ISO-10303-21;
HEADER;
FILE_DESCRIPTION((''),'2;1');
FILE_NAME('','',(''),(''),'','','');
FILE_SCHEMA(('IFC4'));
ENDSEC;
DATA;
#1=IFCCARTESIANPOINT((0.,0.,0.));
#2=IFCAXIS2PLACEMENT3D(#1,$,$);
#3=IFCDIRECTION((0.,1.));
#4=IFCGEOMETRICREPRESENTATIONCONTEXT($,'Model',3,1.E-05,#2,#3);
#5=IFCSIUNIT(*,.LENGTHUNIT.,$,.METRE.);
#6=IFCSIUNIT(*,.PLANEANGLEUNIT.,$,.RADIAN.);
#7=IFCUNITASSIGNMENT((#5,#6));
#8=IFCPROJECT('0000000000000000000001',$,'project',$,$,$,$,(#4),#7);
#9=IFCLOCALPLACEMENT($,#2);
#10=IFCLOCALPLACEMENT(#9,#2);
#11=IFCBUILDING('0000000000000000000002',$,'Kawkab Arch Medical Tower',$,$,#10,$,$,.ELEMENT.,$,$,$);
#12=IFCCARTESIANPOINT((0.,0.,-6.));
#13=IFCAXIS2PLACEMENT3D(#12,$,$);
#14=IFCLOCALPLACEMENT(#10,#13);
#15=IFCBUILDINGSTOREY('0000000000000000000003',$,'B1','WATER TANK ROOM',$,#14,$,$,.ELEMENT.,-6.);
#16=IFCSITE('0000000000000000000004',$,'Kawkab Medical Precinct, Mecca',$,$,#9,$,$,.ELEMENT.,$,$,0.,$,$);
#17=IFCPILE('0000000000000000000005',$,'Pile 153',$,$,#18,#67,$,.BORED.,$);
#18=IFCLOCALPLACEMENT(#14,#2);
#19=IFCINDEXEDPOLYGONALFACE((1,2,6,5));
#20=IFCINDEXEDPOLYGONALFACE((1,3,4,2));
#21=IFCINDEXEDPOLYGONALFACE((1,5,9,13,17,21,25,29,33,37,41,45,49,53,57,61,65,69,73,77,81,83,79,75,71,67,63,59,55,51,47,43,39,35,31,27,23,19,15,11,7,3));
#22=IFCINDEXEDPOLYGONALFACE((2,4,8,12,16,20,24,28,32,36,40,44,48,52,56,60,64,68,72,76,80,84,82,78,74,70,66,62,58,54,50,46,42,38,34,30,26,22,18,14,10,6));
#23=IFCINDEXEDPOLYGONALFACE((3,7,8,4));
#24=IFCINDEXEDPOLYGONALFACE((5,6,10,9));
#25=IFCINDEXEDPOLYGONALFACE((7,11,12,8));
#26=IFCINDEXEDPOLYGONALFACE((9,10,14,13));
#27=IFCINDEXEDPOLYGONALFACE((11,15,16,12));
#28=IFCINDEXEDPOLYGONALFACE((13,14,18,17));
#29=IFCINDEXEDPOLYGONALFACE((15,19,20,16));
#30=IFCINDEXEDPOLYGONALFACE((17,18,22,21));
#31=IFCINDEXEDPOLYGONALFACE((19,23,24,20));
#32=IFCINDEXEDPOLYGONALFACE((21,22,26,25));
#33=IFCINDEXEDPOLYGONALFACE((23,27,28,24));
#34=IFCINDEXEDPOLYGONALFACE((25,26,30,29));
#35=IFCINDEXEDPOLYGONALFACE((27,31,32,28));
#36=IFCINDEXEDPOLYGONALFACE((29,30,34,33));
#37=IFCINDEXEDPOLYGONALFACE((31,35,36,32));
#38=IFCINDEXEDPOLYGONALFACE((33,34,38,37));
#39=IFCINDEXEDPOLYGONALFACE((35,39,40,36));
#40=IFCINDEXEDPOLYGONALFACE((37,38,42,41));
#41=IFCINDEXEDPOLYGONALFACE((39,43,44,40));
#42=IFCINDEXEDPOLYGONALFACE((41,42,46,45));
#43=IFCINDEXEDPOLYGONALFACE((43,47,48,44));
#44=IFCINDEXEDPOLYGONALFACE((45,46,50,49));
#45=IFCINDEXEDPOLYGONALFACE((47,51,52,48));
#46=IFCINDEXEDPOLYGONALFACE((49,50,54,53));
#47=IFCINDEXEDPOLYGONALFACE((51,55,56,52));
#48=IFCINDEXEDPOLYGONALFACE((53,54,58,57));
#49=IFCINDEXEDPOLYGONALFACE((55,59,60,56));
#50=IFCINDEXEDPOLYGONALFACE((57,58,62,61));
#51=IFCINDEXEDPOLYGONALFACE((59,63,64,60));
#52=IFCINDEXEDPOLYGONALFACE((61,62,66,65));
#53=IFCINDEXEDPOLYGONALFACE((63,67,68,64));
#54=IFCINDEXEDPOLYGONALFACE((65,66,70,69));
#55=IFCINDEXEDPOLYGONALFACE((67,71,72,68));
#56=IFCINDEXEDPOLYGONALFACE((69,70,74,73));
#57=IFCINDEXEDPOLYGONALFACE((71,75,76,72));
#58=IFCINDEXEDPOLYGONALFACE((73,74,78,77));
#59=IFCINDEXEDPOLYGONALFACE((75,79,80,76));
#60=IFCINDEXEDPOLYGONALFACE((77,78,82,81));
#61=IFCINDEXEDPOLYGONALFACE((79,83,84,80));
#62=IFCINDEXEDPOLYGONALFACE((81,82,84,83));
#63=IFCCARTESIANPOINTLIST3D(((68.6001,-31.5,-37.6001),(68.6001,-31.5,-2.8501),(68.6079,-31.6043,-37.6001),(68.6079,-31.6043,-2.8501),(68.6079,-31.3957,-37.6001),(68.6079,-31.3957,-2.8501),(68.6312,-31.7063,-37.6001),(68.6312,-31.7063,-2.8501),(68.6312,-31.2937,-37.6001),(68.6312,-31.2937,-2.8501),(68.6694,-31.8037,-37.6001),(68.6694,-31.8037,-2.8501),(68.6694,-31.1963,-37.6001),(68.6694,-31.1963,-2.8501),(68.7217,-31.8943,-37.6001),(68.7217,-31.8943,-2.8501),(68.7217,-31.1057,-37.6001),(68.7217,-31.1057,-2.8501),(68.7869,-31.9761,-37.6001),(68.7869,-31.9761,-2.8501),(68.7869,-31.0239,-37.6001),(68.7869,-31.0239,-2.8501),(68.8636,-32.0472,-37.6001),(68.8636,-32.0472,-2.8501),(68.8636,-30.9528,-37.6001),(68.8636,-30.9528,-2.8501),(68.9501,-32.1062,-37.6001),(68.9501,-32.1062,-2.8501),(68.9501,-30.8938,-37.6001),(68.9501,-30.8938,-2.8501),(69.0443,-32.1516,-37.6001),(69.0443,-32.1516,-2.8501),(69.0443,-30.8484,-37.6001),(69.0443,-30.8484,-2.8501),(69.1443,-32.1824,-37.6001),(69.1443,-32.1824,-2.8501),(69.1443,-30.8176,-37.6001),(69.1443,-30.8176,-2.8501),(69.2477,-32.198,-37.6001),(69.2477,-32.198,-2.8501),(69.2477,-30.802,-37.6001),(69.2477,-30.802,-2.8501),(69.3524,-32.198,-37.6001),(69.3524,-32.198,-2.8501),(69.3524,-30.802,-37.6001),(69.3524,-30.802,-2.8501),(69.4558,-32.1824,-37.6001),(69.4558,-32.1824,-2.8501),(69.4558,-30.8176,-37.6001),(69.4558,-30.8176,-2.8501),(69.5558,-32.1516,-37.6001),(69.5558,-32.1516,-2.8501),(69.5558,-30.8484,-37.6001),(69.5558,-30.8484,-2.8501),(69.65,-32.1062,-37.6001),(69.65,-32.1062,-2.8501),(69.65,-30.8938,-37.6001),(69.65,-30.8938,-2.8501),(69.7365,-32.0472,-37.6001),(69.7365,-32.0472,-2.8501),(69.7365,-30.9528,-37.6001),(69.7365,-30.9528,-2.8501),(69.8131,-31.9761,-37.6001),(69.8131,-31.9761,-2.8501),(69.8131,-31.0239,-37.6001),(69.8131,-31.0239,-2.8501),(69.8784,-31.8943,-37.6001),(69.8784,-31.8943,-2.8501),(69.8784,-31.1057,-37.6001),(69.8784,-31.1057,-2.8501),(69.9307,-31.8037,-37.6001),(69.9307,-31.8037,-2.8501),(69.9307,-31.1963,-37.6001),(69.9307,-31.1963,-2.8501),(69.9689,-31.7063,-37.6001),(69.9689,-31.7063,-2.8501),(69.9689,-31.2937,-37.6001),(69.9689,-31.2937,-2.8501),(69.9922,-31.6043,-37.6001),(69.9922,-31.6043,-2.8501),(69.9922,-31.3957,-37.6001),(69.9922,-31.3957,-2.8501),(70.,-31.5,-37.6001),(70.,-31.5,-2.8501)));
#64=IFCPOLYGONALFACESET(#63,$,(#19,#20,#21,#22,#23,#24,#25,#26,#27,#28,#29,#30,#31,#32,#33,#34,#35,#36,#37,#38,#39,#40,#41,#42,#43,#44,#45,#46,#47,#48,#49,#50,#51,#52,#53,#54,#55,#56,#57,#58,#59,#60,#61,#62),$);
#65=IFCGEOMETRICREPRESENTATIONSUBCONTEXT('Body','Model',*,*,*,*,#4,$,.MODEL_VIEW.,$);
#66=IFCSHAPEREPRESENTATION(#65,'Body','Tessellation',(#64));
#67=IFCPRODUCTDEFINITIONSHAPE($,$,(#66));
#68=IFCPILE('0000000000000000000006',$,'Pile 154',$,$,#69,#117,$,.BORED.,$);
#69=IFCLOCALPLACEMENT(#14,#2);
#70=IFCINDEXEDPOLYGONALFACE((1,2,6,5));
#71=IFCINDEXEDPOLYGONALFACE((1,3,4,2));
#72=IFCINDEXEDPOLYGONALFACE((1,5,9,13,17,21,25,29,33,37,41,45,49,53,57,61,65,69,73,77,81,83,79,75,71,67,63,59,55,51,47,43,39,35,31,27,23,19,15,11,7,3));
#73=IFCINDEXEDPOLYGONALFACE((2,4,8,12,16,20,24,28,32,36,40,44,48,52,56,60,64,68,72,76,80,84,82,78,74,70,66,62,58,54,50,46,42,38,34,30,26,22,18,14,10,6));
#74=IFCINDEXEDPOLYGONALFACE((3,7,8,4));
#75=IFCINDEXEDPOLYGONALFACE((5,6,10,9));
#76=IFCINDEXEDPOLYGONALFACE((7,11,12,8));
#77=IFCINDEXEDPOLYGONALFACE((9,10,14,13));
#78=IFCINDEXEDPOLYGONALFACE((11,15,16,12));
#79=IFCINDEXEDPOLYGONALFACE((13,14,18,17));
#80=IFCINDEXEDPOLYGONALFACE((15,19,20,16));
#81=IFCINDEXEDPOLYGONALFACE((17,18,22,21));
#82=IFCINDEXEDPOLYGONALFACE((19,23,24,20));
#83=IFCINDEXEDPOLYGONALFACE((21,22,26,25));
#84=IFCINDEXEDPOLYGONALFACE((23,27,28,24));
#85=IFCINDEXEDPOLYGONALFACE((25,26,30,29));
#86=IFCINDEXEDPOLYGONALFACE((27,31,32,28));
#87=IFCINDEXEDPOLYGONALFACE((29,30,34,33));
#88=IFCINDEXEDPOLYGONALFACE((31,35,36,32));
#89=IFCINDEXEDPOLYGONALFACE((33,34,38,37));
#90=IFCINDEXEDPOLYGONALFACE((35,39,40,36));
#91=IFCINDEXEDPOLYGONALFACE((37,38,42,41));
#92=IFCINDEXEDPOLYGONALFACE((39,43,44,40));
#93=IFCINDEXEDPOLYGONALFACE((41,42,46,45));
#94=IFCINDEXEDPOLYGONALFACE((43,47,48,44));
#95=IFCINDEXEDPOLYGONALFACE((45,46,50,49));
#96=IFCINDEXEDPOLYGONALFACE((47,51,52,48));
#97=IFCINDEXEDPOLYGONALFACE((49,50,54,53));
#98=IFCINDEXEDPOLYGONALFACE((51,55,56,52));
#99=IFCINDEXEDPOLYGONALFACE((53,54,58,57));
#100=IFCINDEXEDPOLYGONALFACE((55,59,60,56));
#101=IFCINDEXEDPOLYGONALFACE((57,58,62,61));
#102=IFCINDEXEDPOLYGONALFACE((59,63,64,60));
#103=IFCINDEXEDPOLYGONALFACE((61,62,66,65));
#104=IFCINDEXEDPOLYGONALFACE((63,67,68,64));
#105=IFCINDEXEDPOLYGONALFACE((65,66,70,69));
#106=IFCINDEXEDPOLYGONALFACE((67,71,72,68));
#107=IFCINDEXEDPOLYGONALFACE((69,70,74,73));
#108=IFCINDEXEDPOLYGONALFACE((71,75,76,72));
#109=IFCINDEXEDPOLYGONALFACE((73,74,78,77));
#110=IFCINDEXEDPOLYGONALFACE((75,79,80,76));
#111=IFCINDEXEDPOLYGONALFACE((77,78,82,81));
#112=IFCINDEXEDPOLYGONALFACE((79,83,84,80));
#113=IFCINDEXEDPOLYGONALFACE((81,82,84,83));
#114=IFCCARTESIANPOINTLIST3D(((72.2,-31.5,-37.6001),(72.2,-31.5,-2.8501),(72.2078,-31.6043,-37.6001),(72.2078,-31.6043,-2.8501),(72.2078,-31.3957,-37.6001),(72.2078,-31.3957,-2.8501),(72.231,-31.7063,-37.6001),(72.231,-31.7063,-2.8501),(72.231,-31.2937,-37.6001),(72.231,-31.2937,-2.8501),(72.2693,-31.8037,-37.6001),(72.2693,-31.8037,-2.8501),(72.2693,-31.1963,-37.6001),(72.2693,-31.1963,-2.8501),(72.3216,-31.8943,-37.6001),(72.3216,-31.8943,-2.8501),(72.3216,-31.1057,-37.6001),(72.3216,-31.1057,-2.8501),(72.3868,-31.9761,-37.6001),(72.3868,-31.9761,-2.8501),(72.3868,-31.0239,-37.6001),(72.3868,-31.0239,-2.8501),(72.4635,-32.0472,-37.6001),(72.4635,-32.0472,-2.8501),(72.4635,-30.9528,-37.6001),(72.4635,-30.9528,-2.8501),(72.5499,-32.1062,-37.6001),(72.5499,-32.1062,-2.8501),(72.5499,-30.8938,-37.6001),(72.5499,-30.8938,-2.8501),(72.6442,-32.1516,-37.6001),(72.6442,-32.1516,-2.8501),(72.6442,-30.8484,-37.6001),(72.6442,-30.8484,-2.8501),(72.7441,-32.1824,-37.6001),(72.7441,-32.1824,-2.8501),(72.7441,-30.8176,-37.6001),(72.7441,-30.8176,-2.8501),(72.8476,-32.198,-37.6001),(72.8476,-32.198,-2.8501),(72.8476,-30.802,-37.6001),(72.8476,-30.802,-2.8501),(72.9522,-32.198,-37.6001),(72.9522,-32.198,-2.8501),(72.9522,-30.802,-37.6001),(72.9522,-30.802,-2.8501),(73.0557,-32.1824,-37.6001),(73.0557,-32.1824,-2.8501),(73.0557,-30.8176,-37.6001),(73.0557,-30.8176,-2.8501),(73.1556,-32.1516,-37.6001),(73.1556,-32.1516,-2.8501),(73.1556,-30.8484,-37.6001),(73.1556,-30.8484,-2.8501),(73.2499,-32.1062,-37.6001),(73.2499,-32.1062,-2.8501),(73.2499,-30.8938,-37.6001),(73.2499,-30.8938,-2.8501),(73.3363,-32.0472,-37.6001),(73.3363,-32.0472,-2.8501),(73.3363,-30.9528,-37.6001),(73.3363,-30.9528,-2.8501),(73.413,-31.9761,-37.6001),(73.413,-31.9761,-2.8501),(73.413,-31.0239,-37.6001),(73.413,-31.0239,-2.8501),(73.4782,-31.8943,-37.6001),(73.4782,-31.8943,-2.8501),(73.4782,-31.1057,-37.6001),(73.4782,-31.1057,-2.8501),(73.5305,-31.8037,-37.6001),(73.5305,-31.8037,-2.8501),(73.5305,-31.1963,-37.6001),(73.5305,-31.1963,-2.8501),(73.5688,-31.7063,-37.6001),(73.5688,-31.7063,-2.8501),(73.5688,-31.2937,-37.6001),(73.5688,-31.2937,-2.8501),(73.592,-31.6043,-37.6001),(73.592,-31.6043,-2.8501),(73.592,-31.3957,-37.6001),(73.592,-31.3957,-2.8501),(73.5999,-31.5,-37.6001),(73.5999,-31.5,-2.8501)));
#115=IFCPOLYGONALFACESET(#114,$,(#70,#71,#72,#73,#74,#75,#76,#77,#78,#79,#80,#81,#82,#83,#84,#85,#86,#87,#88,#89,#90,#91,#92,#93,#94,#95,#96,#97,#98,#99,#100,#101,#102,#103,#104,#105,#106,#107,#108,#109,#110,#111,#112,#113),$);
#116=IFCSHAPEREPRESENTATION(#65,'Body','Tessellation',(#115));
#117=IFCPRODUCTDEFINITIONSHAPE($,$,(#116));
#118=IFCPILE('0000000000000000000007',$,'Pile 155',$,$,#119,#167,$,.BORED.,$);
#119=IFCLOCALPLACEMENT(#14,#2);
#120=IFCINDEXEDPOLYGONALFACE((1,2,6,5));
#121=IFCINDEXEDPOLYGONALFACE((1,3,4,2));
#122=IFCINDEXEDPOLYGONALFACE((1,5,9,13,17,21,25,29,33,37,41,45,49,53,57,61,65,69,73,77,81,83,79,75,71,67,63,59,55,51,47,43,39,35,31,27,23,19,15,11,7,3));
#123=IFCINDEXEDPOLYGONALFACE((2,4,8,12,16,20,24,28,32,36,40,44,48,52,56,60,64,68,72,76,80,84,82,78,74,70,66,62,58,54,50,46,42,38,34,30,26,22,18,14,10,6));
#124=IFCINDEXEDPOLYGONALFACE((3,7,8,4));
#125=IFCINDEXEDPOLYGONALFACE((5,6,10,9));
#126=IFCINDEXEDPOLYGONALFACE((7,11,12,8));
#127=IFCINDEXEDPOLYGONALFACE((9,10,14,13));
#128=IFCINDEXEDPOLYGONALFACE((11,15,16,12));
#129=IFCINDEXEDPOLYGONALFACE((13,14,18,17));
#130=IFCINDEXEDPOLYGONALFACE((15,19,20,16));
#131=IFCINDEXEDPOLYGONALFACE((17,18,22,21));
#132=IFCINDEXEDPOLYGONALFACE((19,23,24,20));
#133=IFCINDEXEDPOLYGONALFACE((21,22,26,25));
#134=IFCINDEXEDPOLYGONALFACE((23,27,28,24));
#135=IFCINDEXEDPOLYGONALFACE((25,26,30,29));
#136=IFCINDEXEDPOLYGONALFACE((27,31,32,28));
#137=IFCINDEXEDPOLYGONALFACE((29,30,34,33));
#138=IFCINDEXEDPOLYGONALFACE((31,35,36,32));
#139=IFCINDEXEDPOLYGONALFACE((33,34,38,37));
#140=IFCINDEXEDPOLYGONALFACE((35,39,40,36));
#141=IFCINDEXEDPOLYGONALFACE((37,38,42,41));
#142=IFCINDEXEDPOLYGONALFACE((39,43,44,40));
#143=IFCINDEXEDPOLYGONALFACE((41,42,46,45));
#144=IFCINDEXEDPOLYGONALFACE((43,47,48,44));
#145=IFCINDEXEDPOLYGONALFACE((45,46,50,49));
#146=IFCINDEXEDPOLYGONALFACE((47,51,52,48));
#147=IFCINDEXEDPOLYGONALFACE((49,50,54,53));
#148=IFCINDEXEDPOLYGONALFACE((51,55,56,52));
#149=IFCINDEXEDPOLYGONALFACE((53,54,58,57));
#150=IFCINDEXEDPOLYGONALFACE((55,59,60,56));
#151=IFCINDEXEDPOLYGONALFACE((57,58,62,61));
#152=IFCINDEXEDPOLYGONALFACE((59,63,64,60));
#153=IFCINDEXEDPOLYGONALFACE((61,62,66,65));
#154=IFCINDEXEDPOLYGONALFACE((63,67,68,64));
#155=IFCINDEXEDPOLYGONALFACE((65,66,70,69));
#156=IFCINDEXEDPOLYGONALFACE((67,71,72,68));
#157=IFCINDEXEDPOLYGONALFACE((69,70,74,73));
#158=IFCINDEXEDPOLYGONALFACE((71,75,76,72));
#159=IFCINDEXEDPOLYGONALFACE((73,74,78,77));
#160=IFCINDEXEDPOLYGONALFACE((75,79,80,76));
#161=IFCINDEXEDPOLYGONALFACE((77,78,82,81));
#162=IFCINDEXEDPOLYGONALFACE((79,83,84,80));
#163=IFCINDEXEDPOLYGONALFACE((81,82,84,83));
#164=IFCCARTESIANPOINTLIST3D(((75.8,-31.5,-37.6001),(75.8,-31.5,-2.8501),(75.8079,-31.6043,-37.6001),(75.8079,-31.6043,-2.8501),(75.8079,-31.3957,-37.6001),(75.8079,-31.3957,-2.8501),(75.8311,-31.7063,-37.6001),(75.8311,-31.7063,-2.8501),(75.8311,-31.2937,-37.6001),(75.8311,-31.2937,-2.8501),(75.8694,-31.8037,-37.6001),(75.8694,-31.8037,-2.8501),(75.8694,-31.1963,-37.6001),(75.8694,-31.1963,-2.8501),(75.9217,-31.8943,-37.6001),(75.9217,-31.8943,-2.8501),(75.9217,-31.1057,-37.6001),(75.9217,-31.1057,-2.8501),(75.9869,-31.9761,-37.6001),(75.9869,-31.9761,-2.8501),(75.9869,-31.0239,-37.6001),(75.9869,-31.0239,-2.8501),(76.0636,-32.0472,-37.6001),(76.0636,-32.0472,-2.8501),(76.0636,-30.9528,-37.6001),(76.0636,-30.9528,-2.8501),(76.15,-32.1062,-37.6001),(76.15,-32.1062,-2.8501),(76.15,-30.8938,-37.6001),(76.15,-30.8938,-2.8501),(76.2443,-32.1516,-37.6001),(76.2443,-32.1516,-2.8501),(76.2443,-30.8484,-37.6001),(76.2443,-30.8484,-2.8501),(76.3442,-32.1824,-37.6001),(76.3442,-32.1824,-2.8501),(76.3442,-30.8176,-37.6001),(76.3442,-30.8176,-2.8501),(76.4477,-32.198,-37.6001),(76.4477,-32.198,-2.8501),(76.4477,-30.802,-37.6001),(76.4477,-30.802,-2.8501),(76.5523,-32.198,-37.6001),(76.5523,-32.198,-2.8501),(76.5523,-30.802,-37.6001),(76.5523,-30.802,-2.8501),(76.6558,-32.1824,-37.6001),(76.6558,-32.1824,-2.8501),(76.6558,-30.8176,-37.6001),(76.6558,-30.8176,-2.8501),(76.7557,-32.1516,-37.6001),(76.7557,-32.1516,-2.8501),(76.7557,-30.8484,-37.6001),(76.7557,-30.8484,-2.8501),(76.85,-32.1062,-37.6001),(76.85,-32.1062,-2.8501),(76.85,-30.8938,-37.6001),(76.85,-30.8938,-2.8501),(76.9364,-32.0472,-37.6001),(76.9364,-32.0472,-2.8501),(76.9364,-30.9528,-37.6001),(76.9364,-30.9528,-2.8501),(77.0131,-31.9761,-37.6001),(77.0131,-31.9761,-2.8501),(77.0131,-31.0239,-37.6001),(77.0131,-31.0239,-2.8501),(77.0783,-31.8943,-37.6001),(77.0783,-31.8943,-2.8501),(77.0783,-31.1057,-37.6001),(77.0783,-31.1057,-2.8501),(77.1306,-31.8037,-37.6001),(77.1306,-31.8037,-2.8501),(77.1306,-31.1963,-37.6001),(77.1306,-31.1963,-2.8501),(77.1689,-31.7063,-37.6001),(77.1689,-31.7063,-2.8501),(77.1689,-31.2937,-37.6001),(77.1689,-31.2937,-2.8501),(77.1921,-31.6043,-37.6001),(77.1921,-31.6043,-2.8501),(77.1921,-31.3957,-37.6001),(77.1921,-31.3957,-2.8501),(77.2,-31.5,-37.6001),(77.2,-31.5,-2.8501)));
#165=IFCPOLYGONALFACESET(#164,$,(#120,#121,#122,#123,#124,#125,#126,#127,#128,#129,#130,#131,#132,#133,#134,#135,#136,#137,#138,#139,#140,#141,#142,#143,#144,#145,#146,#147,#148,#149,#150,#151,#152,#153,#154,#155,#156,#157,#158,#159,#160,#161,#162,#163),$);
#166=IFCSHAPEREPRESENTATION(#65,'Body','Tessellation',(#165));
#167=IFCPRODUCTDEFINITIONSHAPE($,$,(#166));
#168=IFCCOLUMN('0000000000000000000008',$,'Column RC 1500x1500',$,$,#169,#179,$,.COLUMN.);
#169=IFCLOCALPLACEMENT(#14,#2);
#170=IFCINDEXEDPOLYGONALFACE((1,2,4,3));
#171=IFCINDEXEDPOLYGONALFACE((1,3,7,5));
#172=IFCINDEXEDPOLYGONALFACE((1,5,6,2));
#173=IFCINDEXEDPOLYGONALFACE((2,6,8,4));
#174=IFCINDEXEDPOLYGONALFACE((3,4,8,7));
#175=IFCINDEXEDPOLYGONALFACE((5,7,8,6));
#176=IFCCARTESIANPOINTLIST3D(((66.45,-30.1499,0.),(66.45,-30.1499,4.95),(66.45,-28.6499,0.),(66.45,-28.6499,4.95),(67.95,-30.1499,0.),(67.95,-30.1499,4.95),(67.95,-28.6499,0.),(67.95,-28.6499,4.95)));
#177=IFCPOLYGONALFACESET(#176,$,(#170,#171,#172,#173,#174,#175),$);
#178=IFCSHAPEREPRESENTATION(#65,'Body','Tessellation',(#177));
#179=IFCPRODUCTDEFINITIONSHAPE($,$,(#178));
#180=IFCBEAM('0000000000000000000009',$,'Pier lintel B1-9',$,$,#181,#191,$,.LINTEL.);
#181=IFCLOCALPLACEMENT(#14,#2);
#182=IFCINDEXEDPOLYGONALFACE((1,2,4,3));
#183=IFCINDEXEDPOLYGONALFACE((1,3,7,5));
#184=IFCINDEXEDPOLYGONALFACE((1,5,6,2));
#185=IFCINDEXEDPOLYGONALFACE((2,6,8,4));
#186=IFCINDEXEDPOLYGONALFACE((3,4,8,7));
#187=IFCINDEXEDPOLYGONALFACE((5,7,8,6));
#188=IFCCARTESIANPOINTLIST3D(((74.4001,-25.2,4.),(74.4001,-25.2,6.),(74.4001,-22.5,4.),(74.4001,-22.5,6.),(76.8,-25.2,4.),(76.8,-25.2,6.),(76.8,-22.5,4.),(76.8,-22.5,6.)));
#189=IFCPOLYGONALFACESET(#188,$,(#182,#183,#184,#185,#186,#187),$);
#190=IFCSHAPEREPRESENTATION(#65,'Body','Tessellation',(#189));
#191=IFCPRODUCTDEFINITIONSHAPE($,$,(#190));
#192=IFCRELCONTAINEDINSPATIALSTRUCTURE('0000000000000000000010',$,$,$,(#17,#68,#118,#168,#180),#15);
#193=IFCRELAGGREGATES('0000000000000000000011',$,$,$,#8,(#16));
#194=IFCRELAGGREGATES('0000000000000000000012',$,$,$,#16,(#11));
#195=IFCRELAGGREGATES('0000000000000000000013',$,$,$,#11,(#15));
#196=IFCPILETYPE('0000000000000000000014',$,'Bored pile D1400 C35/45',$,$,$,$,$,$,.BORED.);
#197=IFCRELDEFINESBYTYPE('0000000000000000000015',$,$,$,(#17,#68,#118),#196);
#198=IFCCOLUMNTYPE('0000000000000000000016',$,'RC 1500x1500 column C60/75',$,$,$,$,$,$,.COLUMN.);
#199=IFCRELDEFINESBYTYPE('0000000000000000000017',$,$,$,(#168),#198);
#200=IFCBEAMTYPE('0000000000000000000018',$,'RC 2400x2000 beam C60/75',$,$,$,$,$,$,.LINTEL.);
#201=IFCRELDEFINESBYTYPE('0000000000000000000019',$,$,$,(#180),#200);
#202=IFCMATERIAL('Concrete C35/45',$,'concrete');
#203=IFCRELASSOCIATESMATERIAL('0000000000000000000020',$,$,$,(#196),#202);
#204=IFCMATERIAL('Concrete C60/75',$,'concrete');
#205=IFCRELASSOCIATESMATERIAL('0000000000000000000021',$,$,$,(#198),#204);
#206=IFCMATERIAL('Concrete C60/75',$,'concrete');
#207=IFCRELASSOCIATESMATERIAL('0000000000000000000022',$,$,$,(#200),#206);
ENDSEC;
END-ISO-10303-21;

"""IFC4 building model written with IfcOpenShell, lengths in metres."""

from ifc_helpers import new_model, si_unit, direction, frame, origin, origin_2d, place, context, subcontext, project, spatial, rectangle, circle, extrude, material, material_profile, profile_set, type_object, element, save


model = new_model("IFC4")

# Units and contexts
model_context = context("Model", 3, precision=1e-05, world=origin(), true_north=direction((0.0, 1.0)))
body_context = subcontext(model_context, "Body", "Model", "MODEL_VIEW")
ifc_project = project(units=[si_unit("LENGTHUNIT", "METRE"), si_unit("PLANEANGLEUNIT", "RADIAN")], contexts=[model_context])

# Site, building, storey
site_placement = place(None, origin())
site = spatial("IfcSite", under=ifc_project, at=site_placement, Name="Kawkab Medical Precinct, Mecca", CompositionType="ELEMENT", RefElevation=0.0)
building_placement = place(site_placement, origin())
building = spatial("IfcBuilding", under=site, at=building_placement, Name="Kawkab Arch Medical Tower", CompositionType="ELEMENT")
storey_placement = place(building_placement, frame((0.0, 0.0, -6.0)))
storey = spatial("IfcBuildingStorey", under=building, at=storey_placement, Name="B1", Description="WATER TANK ROOM", CompositionType="ELEMENT", Elevation=-6.0)

# Piles
ifc_material_1 = material(Name="Concrete C35/45", Category="concrete")
ifc_material_profile_1 = material_profile(ifc_material_1, circle(Radius=0.7, at=origin_2d()), Name="Bored pile D1400")
ifc_profile_set_1 = profile_set([ifc_material_profile_1], Name="Concrete C35/45")
pile_type_1 = type_object("IfcPileType", Name="Bored pile D1400 C35/45", PredefinedType="BORED", material=ifc_profile_set_1)
for number, where, z_axis, x_axis, name in (
    (1, (69.3, -31.5, -2.8501), (0.0, 0.0, -1.0), (1.0, 0.0, 0.0), "Pile 153"),
    (2, (72.8999, -31.5, -2.8501), (0.0, 0.0, -1.0), (1.0, 0.0, 0.0), "Pile 154"),
    (3, (76.5, -31.5, -2.8501), (0.0, 0.0, -1.0), (1.0, 0.0, 0.0), "Pile 155"),
):
    element("IfcPile", number, at=place(storey_placement, frame(where, z_axis=z_axis, x_axis=x_axis)), inside=storey, type_object=pile_type_1, Name=name, PredefinedType="BORED", context=body_context, shape_type="SweptSolid", body=[
        extrude(circle(Radius=0.7, at=origin_2d()), origin(), (0.0, 0.0, 1.0), 34.75),
    ])

# Column
ifc_material_2 = material(Name="Concrete C60/75", Category="concrete")
ifc_material_profile_2 = material_profile(ifc_material_2, rectangle(XDim=1.5, YDim=1.5, at=origin_2d()), Name="RC 1500x1500")
ifc_profile_set_2 = profile_set([ifc_material_profile_2], Name="Concrete C60/75")
column_type = type_object("IfcColumnType", Name="RC 1500x1500 column C60/75", PredefinedType="COLUMN", material=ifc_profile_set_2)
column_placement = place(storey_placement, frame((67.2, -29.3999, 0.0), z_axis=(0.0, 0.0, 1.0), x_axis=(1.0, 0.0, 0.0)))
element("IfcColumn", 4, at=column_placement, inside=storey, type_object=column_type, Name="Column RC 1500x1500", PredefinedType="COLUMN", context=body_context, shape_type="SweptSolid", body=[
    extrude(rectangle(XDim=1.5, YDim=1.5, at=origin_2d()), origin(), (0.0, 0.0, 1.0), 4.95),
])

# Beam
ifc_material_3 = material(Name="Concrete C60/75", Category="concrete")
ifc_material_profile_3 = material_profile(ifc_material_3, rectangle(XDim=2.3999, YDim=2.0, at=origin_2d()), Name="RC 2400x2000")
ifc_profile_set_3 = profile_set([ifc_material_profile_3], Name="Concrete C60/75")
beam_type = type_object("IfcBeamType", Name="RC 2400x2000 beam C60/75", PredefinedType="LINTEL", material=ifc_profile_set_3)
beam_placement = place(storey_placement, frame((75.6001, -22.5, 5.0), z_axis=(0.0, -1.0, 0.0), x_axis=(1.0, 0.0, 0.0)))
element("IfcBeam", 5, at=beam_placement, inside=storey, type_object=beam_type, Name="Pier lintel B1-9", PredefinedType="LINTEL", context=body_context, shape_type="SweptSolid", body=[
    extrude(rectangle(XDim=2.3999, YDim=2.0, at=origin_2d()), origin(), (0.0, 0.0, 1.0), 2.7),
])

save(model, "model.ifc")
